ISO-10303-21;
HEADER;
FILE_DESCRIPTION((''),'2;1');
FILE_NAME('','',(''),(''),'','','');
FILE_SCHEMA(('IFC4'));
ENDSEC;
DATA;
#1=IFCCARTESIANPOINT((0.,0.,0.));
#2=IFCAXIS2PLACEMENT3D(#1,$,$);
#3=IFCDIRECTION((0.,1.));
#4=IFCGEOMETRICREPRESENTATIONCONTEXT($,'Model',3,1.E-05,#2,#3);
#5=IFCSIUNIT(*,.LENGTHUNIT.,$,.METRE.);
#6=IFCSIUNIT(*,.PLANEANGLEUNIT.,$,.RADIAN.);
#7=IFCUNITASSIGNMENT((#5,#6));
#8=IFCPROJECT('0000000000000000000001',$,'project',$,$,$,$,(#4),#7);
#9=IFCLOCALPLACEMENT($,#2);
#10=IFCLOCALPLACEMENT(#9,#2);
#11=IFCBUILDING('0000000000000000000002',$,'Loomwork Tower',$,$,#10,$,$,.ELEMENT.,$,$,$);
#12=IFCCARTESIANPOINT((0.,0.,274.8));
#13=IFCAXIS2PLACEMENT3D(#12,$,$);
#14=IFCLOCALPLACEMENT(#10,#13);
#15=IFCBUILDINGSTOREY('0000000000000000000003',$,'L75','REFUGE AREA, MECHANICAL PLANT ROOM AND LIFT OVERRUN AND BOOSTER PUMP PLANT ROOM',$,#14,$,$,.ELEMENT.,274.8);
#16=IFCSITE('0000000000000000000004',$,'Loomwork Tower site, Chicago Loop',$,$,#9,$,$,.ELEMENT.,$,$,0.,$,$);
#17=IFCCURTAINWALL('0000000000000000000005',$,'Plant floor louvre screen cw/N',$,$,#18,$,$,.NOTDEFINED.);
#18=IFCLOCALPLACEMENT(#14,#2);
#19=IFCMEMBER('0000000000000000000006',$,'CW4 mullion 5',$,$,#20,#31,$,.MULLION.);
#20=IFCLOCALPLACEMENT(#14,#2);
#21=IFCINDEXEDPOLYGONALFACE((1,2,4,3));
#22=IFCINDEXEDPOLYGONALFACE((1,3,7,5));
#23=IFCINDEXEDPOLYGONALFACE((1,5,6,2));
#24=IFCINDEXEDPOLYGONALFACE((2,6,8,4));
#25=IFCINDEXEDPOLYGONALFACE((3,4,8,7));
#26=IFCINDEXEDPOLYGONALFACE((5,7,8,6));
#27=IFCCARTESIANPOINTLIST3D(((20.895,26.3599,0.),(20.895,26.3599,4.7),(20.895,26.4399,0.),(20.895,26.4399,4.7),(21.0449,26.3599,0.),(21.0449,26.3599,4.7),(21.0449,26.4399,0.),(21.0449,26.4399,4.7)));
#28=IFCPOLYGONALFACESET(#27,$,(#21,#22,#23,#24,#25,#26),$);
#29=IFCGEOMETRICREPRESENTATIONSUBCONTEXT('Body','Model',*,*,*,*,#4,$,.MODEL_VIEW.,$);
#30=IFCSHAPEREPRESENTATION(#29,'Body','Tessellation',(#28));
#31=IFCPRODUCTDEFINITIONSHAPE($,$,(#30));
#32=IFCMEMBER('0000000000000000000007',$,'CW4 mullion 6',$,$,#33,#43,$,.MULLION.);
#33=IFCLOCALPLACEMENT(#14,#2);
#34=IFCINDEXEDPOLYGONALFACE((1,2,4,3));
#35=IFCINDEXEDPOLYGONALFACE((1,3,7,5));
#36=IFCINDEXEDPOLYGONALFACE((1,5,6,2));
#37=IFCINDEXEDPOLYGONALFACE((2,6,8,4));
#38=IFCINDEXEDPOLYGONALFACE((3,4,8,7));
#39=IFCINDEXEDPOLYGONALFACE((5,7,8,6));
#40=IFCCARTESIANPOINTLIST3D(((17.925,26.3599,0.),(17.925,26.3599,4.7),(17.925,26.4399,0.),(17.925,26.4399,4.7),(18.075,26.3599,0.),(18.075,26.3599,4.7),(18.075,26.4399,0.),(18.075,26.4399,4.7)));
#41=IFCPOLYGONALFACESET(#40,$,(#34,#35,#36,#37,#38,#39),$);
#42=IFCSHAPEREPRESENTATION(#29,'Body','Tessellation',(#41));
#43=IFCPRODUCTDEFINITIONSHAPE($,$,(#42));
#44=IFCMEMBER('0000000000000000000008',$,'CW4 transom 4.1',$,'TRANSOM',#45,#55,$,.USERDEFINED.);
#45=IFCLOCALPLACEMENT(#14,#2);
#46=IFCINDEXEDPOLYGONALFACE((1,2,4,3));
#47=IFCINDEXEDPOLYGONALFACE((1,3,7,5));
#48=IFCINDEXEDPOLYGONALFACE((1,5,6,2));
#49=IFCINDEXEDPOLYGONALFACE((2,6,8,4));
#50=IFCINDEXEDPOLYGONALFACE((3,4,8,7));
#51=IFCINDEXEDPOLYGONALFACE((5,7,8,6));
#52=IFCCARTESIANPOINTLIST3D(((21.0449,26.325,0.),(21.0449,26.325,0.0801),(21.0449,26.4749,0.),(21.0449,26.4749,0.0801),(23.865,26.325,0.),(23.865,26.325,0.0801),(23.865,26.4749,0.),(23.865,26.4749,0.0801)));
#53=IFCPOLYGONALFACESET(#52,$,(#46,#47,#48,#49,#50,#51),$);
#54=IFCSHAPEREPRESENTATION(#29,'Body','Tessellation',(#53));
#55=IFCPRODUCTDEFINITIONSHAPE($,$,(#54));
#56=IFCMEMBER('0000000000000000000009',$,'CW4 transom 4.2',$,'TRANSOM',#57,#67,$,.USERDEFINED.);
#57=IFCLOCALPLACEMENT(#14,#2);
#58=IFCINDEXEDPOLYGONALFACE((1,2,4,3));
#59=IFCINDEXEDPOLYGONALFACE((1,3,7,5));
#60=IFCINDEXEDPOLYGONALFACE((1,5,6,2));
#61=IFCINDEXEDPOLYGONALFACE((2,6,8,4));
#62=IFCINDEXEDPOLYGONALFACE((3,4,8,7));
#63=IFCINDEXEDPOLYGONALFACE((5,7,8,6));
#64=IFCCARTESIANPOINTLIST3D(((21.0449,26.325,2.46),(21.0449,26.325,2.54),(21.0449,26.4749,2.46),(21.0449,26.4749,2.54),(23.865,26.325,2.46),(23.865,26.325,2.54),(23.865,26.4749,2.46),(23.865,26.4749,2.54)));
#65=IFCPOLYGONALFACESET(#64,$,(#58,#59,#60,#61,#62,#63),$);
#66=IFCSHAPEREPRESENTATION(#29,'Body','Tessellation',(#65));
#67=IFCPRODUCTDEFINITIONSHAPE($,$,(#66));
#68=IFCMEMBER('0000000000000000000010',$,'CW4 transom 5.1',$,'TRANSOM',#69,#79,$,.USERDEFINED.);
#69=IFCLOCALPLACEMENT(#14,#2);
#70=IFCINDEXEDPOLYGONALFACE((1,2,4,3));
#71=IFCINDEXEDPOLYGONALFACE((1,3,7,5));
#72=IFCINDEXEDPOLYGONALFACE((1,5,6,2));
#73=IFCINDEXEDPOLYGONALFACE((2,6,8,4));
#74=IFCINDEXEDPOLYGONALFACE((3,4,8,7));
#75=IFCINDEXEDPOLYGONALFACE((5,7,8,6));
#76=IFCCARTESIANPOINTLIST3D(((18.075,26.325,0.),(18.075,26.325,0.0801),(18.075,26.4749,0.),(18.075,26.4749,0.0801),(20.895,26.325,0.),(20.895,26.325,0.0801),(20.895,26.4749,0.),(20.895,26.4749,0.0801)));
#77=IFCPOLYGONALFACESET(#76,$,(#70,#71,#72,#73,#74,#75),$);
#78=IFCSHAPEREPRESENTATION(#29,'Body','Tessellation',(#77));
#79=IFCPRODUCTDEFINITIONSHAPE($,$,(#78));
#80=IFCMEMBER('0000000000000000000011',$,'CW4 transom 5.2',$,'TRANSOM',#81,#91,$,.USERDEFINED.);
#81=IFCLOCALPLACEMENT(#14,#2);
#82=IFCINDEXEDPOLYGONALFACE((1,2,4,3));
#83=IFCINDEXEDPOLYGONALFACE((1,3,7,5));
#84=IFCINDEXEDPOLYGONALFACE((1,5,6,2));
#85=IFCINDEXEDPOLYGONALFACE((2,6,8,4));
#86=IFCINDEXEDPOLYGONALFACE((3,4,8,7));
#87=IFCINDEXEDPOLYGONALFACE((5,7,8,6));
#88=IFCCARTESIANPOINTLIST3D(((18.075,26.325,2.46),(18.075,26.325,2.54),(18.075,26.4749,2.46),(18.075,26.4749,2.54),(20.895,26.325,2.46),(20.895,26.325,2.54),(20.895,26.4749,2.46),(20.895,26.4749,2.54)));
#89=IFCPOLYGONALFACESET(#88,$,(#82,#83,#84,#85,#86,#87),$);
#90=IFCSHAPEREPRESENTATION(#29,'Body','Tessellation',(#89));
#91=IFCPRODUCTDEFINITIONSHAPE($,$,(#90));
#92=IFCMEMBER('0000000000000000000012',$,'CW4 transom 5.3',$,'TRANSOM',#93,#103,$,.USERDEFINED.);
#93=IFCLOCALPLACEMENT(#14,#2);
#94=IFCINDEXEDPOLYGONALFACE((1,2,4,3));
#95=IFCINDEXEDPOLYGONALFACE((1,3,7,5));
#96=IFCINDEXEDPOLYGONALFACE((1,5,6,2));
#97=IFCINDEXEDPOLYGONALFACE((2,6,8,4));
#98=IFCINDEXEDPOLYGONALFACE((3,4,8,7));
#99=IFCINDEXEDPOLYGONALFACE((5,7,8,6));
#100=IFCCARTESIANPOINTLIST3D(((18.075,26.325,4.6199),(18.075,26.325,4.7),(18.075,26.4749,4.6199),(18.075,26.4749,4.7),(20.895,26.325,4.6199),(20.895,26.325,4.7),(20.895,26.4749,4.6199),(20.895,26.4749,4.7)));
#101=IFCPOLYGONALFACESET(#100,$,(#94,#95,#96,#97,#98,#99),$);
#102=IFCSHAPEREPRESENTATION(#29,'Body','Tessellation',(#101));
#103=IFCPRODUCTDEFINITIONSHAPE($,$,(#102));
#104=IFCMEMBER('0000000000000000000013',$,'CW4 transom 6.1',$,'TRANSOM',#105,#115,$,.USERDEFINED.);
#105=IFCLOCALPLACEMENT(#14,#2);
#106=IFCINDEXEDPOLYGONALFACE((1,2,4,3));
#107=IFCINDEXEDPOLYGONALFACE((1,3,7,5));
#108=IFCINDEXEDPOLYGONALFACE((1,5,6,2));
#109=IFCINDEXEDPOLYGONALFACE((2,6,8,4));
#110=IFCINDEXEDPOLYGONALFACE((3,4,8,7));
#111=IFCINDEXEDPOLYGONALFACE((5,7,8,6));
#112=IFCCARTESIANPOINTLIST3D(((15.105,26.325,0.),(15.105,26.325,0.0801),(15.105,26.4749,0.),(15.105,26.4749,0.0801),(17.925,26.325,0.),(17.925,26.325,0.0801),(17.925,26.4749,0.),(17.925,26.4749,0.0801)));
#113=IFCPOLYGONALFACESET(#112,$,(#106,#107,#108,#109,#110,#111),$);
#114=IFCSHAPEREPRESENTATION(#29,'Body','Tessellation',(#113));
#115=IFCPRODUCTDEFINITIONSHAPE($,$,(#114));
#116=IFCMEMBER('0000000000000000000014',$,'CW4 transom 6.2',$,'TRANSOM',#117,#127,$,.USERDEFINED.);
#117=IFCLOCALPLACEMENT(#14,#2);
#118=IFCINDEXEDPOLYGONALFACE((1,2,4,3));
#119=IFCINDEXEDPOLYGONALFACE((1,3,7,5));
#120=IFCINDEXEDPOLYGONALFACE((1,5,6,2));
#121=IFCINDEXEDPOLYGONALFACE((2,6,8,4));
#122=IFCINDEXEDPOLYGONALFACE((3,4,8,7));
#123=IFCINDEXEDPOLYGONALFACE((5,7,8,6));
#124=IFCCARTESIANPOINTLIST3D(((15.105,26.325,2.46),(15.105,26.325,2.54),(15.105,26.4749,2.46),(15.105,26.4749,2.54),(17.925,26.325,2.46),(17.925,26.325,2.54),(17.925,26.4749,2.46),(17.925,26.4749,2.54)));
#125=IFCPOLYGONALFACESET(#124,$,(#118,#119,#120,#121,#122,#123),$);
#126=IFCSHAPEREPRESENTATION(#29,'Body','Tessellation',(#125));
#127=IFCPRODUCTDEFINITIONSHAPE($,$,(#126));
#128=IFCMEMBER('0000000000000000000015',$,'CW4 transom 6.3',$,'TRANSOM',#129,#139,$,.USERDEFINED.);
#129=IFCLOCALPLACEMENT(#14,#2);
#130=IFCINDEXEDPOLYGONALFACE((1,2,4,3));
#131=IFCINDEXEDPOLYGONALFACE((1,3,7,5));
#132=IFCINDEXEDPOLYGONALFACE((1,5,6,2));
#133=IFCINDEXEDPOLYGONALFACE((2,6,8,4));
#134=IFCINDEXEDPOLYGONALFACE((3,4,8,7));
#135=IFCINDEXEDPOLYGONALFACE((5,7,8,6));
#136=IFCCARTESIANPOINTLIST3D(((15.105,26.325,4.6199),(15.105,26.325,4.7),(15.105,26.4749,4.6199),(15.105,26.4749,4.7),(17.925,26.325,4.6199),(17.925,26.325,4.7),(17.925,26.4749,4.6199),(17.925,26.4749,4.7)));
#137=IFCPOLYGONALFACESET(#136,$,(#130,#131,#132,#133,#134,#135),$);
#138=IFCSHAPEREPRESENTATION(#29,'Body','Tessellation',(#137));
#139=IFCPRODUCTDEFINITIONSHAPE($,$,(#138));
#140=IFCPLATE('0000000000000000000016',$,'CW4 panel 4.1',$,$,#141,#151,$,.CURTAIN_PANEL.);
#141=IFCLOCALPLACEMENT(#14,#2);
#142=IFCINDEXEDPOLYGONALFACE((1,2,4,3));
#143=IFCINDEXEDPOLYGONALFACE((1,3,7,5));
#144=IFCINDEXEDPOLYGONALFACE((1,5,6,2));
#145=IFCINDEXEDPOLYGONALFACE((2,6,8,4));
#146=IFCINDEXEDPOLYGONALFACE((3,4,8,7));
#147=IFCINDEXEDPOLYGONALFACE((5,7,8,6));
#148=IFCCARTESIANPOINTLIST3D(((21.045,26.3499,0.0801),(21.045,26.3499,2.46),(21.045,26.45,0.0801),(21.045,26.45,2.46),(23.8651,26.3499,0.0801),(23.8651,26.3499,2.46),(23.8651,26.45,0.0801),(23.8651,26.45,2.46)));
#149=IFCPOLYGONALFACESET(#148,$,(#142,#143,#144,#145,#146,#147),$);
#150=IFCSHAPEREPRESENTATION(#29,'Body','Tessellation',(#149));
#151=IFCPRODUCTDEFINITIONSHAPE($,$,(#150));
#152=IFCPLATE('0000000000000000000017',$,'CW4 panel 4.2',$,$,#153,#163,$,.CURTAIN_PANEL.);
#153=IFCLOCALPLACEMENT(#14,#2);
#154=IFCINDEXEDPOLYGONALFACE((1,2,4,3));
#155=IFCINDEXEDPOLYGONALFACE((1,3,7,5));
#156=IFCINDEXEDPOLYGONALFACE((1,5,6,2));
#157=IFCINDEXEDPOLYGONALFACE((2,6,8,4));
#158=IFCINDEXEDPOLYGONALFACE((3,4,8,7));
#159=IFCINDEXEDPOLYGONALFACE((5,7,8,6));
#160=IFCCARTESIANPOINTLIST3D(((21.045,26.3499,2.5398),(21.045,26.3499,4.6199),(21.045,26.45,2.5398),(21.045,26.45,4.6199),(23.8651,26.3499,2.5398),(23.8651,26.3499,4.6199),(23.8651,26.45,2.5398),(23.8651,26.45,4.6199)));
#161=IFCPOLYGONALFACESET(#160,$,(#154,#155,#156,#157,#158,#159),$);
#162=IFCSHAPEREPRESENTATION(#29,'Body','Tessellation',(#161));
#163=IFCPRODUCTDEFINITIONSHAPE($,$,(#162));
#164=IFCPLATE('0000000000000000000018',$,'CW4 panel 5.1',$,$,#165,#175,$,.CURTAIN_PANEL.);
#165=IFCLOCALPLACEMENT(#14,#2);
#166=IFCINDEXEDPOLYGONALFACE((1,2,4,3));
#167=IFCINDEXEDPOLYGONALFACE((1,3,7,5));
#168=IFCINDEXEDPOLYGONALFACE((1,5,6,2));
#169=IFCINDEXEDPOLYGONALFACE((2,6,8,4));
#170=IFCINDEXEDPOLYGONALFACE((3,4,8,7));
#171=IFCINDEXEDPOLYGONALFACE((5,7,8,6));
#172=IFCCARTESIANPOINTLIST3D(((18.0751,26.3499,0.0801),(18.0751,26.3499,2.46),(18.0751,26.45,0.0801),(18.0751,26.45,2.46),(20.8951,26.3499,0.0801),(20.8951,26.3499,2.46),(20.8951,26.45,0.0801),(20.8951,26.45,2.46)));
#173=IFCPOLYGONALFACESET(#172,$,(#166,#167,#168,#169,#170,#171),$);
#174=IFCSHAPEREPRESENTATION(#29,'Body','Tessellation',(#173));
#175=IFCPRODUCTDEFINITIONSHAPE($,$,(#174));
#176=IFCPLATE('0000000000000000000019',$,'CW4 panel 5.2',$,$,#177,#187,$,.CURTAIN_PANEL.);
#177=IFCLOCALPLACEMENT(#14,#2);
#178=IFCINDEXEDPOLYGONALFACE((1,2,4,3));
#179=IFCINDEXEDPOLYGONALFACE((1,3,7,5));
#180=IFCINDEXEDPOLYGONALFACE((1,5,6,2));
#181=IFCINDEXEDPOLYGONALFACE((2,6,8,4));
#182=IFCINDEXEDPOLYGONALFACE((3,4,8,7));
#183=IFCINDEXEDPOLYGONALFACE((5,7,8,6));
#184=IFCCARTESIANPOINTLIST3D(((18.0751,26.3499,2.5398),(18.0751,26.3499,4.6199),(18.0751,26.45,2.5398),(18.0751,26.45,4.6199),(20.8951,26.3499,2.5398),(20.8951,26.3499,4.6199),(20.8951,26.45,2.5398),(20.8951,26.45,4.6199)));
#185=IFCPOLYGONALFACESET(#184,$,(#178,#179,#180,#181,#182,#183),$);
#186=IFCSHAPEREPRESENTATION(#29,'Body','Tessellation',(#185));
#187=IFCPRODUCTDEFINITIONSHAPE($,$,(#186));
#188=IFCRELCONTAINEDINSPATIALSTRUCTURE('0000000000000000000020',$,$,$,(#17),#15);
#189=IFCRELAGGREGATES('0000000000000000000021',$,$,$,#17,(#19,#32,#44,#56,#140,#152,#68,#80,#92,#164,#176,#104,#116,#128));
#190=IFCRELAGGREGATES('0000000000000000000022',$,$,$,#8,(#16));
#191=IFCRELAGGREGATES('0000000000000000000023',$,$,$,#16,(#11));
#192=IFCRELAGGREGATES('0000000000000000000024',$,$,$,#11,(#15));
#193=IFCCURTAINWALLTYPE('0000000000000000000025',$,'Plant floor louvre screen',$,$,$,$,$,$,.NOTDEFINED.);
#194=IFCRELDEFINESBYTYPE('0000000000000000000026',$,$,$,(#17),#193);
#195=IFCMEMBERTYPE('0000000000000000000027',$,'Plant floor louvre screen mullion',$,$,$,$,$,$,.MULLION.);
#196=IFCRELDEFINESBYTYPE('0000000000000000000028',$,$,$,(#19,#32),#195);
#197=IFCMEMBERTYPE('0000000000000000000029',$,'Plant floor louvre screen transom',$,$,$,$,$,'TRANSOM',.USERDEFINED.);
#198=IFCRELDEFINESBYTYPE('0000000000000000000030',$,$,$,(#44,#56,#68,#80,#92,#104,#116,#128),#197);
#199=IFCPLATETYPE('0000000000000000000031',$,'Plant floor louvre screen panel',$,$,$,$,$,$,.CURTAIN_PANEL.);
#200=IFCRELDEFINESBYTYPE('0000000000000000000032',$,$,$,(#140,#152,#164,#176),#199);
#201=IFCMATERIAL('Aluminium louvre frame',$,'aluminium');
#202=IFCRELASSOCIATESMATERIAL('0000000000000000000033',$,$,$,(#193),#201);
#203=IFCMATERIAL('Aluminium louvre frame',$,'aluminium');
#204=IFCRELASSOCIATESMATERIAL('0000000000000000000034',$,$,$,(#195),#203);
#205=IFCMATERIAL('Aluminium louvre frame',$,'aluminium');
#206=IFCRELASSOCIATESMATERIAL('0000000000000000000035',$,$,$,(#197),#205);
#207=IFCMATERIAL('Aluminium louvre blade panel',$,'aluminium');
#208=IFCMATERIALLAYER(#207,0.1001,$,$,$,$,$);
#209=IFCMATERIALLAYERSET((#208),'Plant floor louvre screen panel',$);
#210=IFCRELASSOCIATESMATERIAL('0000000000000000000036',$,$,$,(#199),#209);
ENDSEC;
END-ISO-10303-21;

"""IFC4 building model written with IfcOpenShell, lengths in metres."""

from ifc_helpers import new_model, si_unit, direction, frame, origin, origin_2d, place, context, subcontext, project, spatial, rectangle, extrude, material, layer, layer_set, material_profile, profile_set, type_object, element, aggregate, save


model = new_model("IFC4")

# Units and contexts
model_context = context("Model", 3, precision=1e-05, world=origin(), true_north=direction((0.0, 1.0)))
body_context = subcontext(model_context, "Body", "Model", "MODEL_VIEW")
ifc_project = project(units=[si_unit("LENGTHUNIT", "METRE"), si_unit("PLANEANGLEUNIT", "RADIAN")], contexts=[model_context])

# Site, building, storey
site_placement = place(None, origin())
site = spatial("IfcSite", under=ifc_project, at=site_placement, Name="Loomwork Tower site, Chicago Loop", CompositionType="ELEMENT", RefElevation=0.0)
building_placement = place(site_placement, origin())
building = spatial("IfcBuilding", under=site, at=building_placement, Name="Loomwork Tower", CompositionType="ELEMENT")
storey_placement = place(building_placement, frame((0.0, 0.0, 274.8)))
storey = spatial("IfcBuildingStorey", under=building, at=storey_placement, Name="L75", Description="REFUGE AREA, MECHANICAL PLANT ROOM AND LIFT OVERRUN AND BOOSTER PUMP PLANT ROOM", CompositionType="ELEMENT", Elevation=274.8)

# Curtain wall, members, plates
ifc_material_1 = material(Name="Aluminium louvre frame", Category="aluminium")
curtain_wall_type = type_object("IfcCurtainWallType", Name="Plant floor louvre screen", PredefinedType="NOTDEFINED", material=ifc_material_1)
curtain_wall_placement = place(storey_placement, origin())
curtain_wall = element("IfcCurtainWall", 1, at=curtain_wall_placement, inside=storey, type_object=curtain_wall_type, Name="Plant floor louvre screen cw/N", PredefinedType="NOTDEFINED")
ifc_material_2 = material(Name="Aluminium louvre frame", Category="aluminium")
ifc_material_profile_1 = material_profile(ifc_material_2, rectangle(XDim=0.0801, YDim=0.1499, at=origin_2d()), Name="AL 80x150")
ifc_profile_set_1 = profile_set([ifc_material_profile_1], Name="Aluminium louvre frame")
member_type_1 = type_object("IfcMemberType", Name="Plant floor louvre screen mullion", PredefinedType="MULLION", material=ifc_profile_set_1)
member_1_placement = place(storey_placement, frame((20.97, 26.3999, 0.0), z_axis=(0.0, 0.0, 1.0), x_axis=(0.0, -1.0, 0.0)))
member_1 = element("IfcMember", 2, at=member_1_placement, type_object=member_type_1, Name="CW4 mullion 5", PredefinedType="MULLION", context=body_context, shape_type="SweptSolid", body=[
    extrude(rectangle(XDim=0.0801, YDim=0.1499, at=origin_2d()), origin(), (0.0, 0.0, 1.0), 4.7),
])
member_2_placement = place(storey_placement, frame((18.0, 26.3999, 0.0), z_axis=(0.0, 0.0, 1.0), x_axis=(0.0, -1.0, 0.0)))
member_2 = element("IfcMember", 3, at=member_2_placement, type_object=member_type_1, Name="CW4 mullion 6", PredefinedType="MULLION", context=body_context, shape_type="SweptSolid", body=[
    extrude(rectangle(XDim=0.0801, YDim=0.1499, at=origin_2d()), origin(), (0.0, 0.0, 1.0), 4.7),
])
ifc_material_3 = material(Name="Aluminium louvre frame", Category="aluminium")
ifc_material_profile_2 = material_profile(ifc_material_3, rectangle(XDim=0.1499, YDim=0.0801, at=origin_2d()), Name="AL 80x150")
ifc_profile_set_2 = profile_set([ifc_material_profile_2], Name="Aluminium louvre frame")
member_type_2 = type_object("IfcMemberType", Name="Plant floor louvre screen transom", ElementType="TRANSOM", PredefinedType="USERDEFINED", material=ifc_profile_set_2)
member_3_placement = place(storey_placement, frame((23.865, 26.3999, 0.04), z_axis=(-1.0, 0.0, 0.0), x_axis=(0.0, -1.0, 0.0)))
member_3 = element("IfcMember", 4, at=member_3_placement, type_object=member_type_2, Name="CW4 transom 4.1", ObjectType="TRANSOM", PredefinedType="USERDEFINED", context=body_context, shape_type="SweptSolid", body=[
    extrude(rectangle(XDim=0.1499, YDim=0.0801, at=origin_2d()), origin(), (0.0, 0.0, 1.0), 2.8201),
])
member_4_placement = place(storey_placement, frame((23.865, 26.3999, 2.5), z_axis=(-1.0, 0.0, 0.0), x_axis=(0.0, -1.0, 0.0)))
member_4 = element("IfcMember", 5, at=member_4_placement, type_object=member_type_2, Name="CW4 transom 4.2", ObjectType="TRANSOM", PredefinedType="USERDEFINED", context=body_context, shape_type="SweptSolid", body=[
    extrude(rectangle(XDim=0.1499, YDim=0.0801, at=origin_2d()), origin(), (0.0, 0.0, 1.0), 2.8201),
])
member_5_placement = place(storey_placement, frame((20.895, 26.3999, 0.04), z_axis=(-1.0, 0.0, 0.0), x_axis=(0.0, -1.0, 0.0)))
member_5 = element("IfcMember", 6, at=member_5_placement, type_object=member_type_2, Name="CW4 transom 5.1", ObjectType="TRANSOM", PredefinedType="USERDEFINED", context=body_context, shape_type="SweptSolid", body=[
    extrude(rectangle(XDim=0.1499, YDim=0.0801, at=origin_2d()), origin(), (0.0, 0.0, 1.0), 2.8201),
])
member_6_placement = place(storey_placement, frame((20.895, 26.3999, 2.5), z_axis=(-1.0, 0.0, 0.0), x_axis=(0.0, -1.0, 0.0)))
member_6 = element("IfcMember", 7, at=member_6_placement, type_object=member_type_2, Name="CW4 transom 5.2", ObjectType="TRANSOM", PredefinedType="USERDEFINED", context=body_context, shape_type="SweptSolid", body=[
    extrude(rectangle(XDim=0.1499, YDim=0.0801, at=origin_2d()), origin(), (0.0, 0.0, 1.0), 2.8201),
])
member_7_placement = place(storey_placement, frame((20.895, 26.3999, 4.6599), z_axis=(-1.0, 0.0, 0.0), x_axis=(0.0, -1.0, 0.0)))
member_7 = element("IfcMember", 8, at=member_7_placement, type_object=member_type_2, Name="CW4 transom 5.3", ObjectType="TRANSOM", PredefinedType="USERDEFINED", context=body_context, shape_type="SweptSolid", body=[
    extrude(rectangle(XDim=0.1499, YDim=0.0801, at=origin_2d()), origin(), (0.0, 0.0, 1.0), 2.8201),
])
member_8_placement = place(storey_placement, frame((17.925, 26.3999, 0.04), z_axis=(-1.0, 0.0, 0.0), x_axis=(0.0, -1.0, 0.0)))
member_8 = element("IfcMember", 9, at=member_8_placement, type_object=member_type_2, Name="CW4 transom 6.1", ObjectType="TRANSOM", PredefinedType="USERDEFINED", context=body_context, shape_type="SweptSolid", body=[
    extrude(rectangle(XDim=0.1499, YDim=0.0801, at=origin_2d()), origin(), (0.0, 0.0, 1.0), 2.8201),
])
member_9_placement = place(storey_placement, frame((17.925, 26.3999, 2.5), z_axis=(-1.0, 0.0, 0.0), x_axis=(0.0, -1.0, 0.0)))
member_9 = element("IfcMember", 10, at=member_9_placement, type_object=member_type_2, Name="CW4 transom 6.2", ObjectType="TRANSOM", PredefinedType="USERDEFINED", context=body_context, shape_type="SweptSolid", body=[
    extrude(rectangle(XDim=0.1499, YDim=0.0801, at=origin_2d()), origin(), (0.0, 0.0, 1.0), 2.8201),
])
member_10_placement = place(storey_placement, frame((17.925, 26.3999, 4.6599), z_axis=(-1.0, 0.0, 0.0), x_axis=(0.0, -1.0, 0.0)))
member_10 = element("IfcMember", 11, at=member_10_placement, type_object=member_type_2, Name="CW4 transom 6.3", ObjectType="TRANSOM", PredefinedType="USERDEFINED", context=body_context, shape_type="SweptSolid", body=[
    extrude(rectangle(XDim=0.1499, YDim=0.0801, at=origin_2d()), origin(), (0.0, 0.0, 1.0), 2.8201),
])
ifc_material_4 = material(Name="Aluminium louvre blade panel", Category="aluminium")
ifc_layer_1 = layer(ifc_material_4, 0.1001)
ifc_layer_set_1 = layer_set([ifc_layer_1], Name="Plant floor louvre screen panel")
plate_type = type_object("IfcPlateType", Name="Plant floor louvre screen panel", PredefinedType="CURTAIN_PANEL", material=ifc_layer_set_1)
plate_1_placement = place(storey_placement, frame((22.4551, 26.3999, 0.0801), z_axis=(0.0, 0.0, 1.0), x_axis=(-1.0, 0.0, 0.0)))
plate_1 = element("IfcPlate", 12, at=plate_1_placement, type_object=plate_type, Name="CW4 panel 4.1", PredefinedType="CURTAIN_PANEL", context=body_context, shape_type="SweptSolid", body=[
    extrude(rectangle(XDim=2.8201, YDim=0.1001, at=origin_2d()), origin(), (0.0, 0.0, 1.0), 2.3799),
])
plate_2_placement = place(storey_placement, frame((22.4551, 26.3999, 2.5398), z_axis=(0.0, 0.0, 1.0), x_axis=(-1.0, 0.0, 0.0)))
plate_2 = element("IfcPlate", 13, at=plate_2_placement, type_object=plate_type, Name="CW4 panel 4.2", PredefinedType="CURTAIN_PANEL", context=body_context, shape_type="SweptSolid", body=[
    extrude(rectangle(XDim=2.8201, YDim=0.1001, at=origin_2d()), origin(), (0.0, 0.0, 1.0), 2.0801),
])
plate_3_placement = place(storey_placement, frame((19.4851, 26.3999, 0.0801), z_axis=(0.0, 0.0, 1.0), x_axis=(-1.0, 0.0, 0.0)))
plate_3 = element("IfcPlate", 14, at=plate_3_placement, type_object=plate_type, Name="CW4 panel 5.1", PredefinedType="CURTAIN_PANEL", context=body_context, shape_type="SweptSolid", body=[
    extrude(rectangle(XDim=2.8201, YDim=0.1001, at=origin_2d()), origin(), (0.0, 0.0, 1.0), 2.3799),
])
plate_4_placement = place(storey_placement, frame((19.4851, 26.3999, 2.5398), z_axis=(0.0, 0.0, 1.0), x_axis=(-1.0, 0.0, 0.0)))
plate_4 = element("IfcPlate", 15, at=plate_4_placement, type_object=plate_type, Name="CW4 panel 5.2", PredefinedType="CURTAIN_PANEL", context=body_context, shape_type="SweptSolid", body=[
    extrude(rectangle(XDim=2.8201, YDim=0.1001, at=origin_2d()), origin(), (0.0, 0.0, 1.0), 2.0801),
])
aggregate(curtain_wall, [member_1, member_2, member_3, member_4, plate_1, plate_2, member_5, member_6, member_7, plate_3, plate_4, member_8, member_9, member_10])

save(model, "model.ifc")
